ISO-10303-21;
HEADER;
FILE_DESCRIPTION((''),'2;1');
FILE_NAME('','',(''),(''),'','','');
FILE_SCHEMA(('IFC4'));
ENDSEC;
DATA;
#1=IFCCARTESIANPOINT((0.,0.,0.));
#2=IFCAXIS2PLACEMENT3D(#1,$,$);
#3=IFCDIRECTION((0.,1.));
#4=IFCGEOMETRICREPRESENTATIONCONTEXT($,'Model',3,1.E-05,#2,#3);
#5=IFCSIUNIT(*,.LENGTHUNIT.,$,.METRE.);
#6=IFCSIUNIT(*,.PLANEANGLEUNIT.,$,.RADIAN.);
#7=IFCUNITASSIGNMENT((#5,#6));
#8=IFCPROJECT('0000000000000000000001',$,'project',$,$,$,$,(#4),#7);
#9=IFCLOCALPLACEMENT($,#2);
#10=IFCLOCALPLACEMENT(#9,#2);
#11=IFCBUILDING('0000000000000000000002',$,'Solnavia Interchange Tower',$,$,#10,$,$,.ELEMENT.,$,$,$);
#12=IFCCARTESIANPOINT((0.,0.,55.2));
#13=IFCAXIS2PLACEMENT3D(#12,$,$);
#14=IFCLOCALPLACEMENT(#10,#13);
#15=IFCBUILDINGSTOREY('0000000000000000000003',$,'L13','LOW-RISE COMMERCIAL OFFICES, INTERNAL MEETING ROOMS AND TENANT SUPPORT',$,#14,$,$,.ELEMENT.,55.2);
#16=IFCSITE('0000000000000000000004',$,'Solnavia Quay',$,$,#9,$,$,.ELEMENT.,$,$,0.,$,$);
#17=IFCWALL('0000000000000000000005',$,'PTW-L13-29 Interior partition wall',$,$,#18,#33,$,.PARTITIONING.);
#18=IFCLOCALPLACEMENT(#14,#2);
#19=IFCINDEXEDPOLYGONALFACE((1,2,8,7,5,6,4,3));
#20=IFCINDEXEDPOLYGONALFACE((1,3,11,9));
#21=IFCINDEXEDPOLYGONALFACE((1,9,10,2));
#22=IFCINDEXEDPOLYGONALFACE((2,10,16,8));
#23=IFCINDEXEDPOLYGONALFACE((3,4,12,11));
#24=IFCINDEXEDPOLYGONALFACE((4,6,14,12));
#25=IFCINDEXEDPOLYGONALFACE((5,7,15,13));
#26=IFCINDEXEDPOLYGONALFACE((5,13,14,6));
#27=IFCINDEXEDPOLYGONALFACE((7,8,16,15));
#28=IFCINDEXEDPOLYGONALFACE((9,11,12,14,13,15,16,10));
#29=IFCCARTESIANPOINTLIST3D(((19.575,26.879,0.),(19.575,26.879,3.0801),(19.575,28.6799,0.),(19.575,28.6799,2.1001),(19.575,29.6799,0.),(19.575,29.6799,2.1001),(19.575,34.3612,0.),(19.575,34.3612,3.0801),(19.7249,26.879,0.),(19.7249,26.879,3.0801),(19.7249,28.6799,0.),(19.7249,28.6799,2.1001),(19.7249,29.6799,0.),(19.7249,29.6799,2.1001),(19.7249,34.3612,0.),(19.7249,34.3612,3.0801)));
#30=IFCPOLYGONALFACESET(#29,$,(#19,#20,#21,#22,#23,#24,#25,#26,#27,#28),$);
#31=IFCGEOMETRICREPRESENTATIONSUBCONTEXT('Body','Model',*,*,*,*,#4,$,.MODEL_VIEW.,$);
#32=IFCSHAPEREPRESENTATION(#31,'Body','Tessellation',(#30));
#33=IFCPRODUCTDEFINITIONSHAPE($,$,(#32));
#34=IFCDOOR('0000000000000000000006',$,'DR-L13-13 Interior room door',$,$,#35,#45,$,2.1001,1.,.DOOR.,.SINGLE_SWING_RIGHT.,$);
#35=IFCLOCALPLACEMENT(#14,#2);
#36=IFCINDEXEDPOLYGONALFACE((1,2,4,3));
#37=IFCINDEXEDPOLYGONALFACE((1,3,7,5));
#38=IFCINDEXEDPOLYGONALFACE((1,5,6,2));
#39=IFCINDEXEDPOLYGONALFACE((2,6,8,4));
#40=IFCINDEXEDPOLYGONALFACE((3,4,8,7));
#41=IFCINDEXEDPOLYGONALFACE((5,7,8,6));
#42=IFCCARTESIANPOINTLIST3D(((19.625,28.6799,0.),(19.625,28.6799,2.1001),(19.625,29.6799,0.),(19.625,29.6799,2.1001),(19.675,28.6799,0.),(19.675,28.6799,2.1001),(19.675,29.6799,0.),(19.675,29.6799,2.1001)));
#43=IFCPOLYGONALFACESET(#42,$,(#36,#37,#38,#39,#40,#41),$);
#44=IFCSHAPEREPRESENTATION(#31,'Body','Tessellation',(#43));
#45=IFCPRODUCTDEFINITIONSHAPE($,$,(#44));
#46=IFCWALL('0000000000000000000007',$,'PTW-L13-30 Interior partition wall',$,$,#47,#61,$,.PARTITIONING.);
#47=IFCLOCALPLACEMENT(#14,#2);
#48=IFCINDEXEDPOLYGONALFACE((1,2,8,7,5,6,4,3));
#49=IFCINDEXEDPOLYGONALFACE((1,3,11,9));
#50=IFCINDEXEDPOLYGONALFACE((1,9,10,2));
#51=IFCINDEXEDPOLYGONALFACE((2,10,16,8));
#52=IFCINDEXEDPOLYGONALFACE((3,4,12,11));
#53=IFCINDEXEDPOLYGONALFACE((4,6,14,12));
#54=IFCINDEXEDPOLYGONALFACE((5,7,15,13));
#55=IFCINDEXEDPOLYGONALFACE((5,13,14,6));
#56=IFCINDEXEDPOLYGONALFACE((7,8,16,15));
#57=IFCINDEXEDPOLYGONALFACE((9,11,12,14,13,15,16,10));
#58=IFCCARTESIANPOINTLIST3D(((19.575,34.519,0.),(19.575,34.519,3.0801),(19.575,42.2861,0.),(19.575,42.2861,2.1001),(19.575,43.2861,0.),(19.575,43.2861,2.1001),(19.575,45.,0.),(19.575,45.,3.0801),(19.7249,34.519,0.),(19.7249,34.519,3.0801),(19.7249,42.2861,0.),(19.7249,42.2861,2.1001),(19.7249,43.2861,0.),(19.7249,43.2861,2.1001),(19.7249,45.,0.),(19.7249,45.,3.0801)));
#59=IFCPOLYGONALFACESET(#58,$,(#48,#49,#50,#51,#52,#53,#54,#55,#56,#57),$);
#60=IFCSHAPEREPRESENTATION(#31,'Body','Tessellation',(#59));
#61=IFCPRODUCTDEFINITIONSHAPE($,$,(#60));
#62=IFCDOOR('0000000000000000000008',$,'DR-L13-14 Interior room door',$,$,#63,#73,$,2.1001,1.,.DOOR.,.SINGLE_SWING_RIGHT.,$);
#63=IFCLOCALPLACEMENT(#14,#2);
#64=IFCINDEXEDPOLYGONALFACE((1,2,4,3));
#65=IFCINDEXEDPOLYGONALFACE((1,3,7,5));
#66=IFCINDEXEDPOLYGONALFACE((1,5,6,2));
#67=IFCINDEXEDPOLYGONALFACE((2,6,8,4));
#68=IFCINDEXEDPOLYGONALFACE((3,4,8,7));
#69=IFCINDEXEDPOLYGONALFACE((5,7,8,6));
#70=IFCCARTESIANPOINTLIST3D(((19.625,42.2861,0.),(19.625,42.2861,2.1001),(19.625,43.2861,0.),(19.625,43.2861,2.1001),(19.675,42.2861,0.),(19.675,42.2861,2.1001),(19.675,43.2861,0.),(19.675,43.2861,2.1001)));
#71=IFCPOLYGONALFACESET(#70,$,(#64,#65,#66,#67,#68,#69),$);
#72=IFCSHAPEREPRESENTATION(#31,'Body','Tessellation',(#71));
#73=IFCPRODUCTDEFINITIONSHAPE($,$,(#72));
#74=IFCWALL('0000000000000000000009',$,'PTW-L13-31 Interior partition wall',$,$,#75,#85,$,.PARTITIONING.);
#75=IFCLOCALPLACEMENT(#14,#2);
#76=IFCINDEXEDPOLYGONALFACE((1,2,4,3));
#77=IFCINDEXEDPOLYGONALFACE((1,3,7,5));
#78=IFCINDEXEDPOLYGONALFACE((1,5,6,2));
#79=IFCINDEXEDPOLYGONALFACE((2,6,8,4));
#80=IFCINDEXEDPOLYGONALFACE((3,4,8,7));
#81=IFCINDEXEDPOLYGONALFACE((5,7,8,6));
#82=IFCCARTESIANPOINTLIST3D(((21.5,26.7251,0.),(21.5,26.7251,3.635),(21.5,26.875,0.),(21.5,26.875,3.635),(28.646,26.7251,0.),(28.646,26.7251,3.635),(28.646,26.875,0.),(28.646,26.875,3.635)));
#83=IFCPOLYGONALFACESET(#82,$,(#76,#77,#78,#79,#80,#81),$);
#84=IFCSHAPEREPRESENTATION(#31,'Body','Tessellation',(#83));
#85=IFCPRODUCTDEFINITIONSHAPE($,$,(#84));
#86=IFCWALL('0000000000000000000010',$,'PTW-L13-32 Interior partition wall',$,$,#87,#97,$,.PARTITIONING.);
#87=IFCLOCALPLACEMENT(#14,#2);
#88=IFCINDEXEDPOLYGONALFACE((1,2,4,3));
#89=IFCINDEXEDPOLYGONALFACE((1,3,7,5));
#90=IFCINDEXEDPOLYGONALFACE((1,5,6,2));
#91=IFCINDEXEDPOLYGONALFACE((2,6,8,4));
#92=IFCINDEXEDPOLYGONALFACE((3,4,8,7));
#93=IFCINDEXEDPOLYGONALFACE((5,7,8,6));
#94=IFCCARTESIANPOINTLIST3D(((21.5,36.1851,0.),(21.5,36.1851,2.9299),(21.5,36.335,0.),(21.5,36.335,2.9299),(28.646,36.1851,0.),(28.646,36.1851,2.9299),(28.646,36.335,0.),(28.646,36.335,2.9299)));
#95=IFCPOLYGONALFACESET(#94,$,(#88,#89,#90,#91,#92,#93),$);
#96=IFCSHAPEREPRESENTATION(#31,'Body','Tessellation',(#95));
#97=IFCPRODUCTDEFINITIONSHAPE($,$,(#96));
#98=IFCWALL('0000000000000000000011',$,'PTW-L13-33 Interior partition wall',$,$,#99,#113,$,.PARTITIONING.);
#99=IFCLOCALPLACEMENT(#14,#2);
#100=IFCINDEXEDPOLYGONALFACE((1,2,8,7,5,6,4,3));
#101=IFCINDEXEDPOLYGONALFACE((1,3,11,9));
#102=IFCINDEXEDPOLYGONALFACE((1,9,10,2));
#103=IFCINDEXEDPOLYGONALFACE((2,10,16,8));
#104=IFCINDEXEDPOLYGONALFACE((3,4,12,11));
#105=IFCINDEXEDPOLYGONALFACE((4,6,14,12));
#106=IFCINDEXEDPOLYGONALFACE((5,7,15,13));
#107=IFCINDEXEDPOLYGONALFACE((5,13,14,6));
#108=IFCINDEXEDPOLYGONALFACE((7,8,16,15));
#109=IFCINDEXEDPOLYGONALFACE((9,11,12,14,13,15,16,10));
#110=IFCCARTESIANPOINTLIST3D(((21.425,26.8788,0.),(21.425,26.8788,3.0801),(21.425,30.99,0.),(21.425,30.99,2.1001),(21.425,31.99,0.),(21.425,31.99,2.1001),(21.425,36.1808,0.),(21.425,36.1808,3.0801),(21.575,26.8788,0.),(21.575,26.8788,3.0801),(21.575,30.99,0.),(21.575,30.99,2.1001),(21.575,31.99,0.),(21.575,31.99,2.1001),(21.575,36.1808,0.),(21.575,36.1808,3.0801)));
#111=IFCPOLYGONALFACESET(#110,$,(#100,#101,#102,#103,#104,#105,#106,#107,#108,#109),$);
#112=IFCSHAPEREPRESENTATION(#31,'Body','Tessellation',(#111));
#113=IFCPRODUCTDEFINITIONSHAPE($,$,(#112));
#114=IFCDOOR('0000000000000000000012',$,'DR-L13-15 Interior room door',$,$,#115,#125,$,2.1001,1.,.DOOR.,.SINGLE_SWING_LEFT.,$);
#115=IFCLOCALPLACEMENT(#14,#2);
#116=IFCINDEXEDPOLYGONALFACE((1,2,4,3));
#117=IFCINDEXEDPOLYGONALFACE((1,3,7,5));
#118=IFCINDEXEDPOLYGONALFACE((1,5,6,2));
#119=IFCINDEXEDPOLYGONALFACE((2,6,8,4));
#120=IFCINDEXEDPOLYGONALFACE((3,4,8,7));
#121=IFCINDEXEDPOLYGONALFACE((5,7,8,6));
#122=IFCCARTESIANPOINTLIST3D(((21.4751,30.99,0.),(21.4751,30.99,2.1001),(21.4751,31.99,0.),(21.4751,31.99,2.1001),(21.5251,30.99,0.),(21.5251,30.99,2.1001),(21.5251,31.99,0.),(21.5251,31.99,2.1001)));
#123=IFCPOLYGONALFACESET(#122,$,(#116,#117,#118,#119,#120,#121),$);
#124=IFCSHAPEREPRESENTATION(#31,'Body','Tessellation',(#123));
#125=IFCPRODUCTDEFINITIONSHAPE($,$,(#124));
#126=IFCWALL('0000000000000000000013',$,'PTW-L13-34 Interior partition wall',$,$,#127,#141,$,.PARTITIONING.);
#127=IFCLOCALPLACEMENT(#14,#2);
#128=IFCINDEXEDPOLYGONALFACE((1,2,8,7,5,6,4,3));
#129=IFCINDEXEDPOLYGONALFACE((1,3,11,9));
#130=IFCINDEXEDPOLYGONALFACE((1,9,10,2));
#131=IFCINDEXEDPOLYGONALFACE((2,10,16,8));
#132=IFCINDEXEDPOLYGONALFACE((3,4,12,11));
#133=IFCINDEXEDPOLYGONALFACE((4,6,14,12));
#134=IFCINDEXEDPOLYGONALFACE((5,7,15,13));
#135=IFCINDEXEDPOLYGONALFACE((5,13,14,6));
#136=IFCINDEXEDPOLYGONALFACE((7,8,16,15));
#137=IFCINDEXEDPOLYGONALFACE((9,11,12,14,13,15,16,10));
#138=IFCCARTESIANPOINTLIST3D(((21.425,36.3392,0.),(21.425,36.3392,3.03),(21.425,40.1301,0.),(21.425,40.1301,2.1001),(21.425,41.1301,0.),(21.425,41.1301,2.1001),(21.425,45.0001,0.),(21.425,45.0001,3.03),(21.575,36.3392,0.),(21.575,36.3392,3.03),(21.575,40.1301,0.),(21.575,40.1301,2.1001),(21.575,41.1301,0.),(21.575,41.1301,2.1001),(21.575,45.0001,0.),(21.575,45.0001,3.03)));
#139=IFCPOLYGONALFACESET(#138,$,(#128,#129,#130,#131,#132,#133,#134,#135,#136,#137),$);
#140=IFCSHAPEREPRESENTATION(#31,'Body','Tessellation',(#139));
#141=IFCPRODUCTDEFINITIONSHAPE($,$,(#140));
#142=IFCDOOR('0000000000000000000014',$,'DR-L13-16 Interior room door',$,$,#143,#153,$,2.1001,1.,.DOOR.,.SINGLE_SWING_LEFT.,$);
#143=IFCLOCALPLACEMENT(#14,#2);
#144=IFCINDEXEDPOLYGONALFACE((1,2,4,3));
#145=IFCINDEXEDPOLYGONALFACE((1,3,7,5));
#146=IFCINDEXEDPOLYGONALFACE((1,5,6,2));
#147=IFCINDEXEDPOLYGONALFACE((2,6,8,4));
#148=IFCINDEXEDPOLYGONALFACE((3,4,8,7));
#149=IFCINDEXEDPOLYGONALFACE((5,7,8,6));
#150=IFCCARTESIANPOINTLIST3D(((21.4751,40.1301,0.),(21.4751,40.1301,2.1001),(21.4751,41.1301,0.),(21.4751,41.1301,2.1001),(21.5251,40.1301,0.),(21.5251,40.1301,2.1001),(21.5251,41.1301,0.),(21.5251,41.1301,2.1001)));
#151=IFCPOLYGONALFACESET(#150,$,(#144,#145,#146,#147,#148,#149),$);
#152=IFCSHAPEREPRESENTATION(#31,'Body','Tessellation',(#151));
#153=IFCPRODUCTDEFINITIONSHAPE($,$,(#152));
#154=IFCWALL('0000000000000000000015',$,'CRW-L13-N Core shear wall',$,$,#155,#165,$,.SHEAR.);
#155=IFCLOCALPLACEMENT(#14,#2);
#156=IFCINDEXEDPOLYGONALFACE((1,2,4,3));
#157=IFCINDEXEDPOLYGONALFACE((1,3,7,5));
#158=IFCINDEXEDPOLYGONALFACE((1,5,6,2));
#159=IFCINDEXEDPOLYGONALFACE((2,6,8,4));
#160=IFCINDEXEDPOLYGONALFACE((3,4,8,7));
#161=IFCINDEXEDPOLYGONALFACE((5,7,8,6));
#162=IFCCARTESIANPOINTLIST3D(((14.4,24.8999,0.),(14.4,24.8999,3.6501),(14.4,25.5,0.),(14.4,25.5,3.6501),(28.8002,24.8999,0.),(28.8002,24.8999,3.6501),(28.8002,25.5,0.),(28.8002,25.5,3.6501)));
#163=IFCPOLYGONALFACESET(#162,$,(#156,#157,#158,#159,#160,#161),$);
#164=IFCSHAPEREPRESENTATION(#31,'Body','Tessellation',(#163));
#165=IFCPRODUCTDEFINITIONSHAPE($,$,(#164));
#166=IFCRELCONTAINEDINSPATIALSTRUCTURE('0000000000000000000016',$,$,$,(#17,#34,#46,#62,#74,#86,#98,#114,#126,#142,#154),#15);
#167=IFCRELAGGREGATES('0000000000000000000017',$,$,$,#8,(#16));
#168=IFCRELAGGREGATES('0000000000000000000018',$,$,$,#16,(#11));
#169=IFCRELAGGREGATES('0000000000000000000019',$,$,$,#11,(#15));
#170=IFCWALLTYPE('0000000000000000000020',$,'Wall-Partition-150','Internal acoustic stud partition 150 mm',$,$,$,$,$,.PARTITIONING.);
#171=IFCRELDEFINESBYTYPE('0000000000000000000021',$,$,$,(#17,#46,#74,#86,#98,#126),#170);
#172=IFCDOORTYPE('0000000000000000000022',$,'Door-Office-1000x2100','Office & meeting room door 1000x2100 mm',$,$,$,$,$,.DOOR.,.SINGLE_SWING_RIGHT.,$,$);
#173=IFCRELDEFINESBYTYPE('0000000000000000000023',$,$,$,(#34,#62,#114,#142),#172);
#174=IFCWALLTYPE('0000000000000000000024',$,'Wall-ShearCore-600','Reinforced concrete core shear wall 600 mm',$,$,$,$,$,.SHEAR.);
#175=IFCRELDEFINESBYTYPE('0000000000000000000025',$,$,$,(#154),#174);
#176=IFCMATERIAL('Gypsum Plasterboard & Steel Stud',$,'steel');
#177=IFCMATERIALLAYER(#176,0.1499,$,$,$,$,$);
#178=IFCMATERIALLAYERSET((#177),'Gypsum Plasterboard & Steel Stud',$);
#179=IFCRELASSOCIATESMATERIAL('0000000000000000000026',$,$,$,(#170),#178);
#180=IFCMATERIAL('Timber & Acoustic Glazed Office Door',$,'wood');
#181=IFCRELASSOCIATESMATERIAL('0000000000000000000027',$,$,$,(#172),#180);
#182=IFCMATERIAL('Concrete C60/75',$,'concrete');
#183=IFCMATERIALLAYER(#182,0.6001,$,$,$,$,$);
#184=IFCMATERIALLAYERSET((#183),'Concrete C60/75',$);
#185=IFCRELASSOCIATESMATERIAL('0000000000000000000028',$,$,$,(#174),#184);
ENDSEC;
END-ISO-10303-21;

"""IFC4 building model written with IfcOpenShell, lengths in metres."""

from ifc_helpers import new_model, si_unit, direction, frame, frame_2d, origin, place, context, subcontext, project, spatial, rectangle, extrude, material, layer, layer_set, type_object, element, fill, save


model = new_model("IFC4")

# Units and contexts
model_context = context("Model", 3, precision=1e-05, world=origin(), true_north=direction((0.0, 1.0)))
body_context = subcontext(model_context, "Body", "Model", "MODEL_VIEW")
ifc_project = project(units=[si_unit("LENGTHUNIT", "METRE"), si_unit("PLANEANGLEUNIT", "RADIAN")], contexts=[model_context])

# Site, building, storey
site_placement = place(None, origin())
site = spatial("IfcSite", under=ifc_project, at=site_placement, Name="Solnavia Quay", CompositionType="ELEMENT", RefElevation=0.0)
building_placement = place(site_placement, origin())
building = spatial("IfcBuilding", under=site, at=building_placement, Name="Solnavia Interchange Tower", CompositionType="ELEMENT")
storey_placement = place(building_placement, frame((0.0, 0.0, 55.2)))
storey = spatial("IfcBuildingStorey", under=building, at=storey_placement, Name="L13", Description="LOW-RISE COMMERCIAL OFFICES, INTERNAL MEETING ROOMS AND TENANT SUPPORT", CompositionType="ELEMENT", Elevation=55.2)

# Walls, openings, doors
ifc_material_1 = material(Name="Gypsum Plasterboard & Steel Stud", Category="steel")
ifc_layer_1 = layer(ifc_material_1, 0.1499)
ifc_layer_set_1 = layer_set([ifc_layer_1], Name="Gypsum Plasterboard & Steel Stud")
wall_type_1 = type_object("IfcWallType", Name="Wall-Partition-150", Description="Internal acoustic stud partition 150 mm", PredefinedType="PARTITIONING", material=ifc_layer_set_1)
wall_1_placement = place(storey_placement, frame((19.6499, 26.8789, 0.0), z_axis=(0.0, 0.0, 1.0), x_axis=(0.0, 1.0, 0.0)))
wall_1 = element("IfcWall", 1, at=wall_1_placement, inside=storey, type_object=wall_type_1, Name="PTW-L13-29 Interior partition wall", PredefinedType="PARTITIONING", context=body_context, shape_type="SweptSolid", body=[
    extrude(rectangle(XDim=7.4822, YDim=0.1499, at=frame_2d((3.7412, 0.0))), origin(), (0.0, 0.0, 1.0), 3.0801),
])
opening_1_placement = place(wall_1_placement, frame((1.801, 0.0, 0.0)))
opening_1 = element("IfcOpeningElement", 2, at=opening_1_placement, cuts=wall_1, PredefinedType="OPENING", context=body_context, shape_type="SweptSolid", body=[
    extrude(rectangle(XDim=1.0, YDim=2.1001, at=frame_2d((0.5, 1.05))), frame((0.0, 0.085, 0.0), z_axis=(0.0, -1.0, 0.0), x_axis=(1.0, 0.0, 0.0)), (0.0, 0.0, 1.0), 0.1699),
])
ifc_material_2 = material(Name="Timber & Acoustic Glazed Office Door", Category="wood")
door_type = type_object("IfcDoorType", Name="Door-Office-1000x2100", Description="Office & meeting room door 1000x2100 mm", OperationType="SINGLE_SWING_RIGHT", PredefinedType="DOOR", material=ifc_material_2)
door_1_placement = place(opening_1_placement, origin())
door_1 = element("IfcDoor", 3, at=door_1_placement, inside=storey, type_object=door_type, Name="DR-L13-13 Interior room door", OperationType="SINGLE_SWING_RIGHT", OverallHeight=2.1001, OverallWidth=1.0, PredefinedType="DOOR", context=body_context, shape_type="SweptSolid", body=[
    extrude(rectangle(XDim=1.0, YDim=2.1001, at=frame_2d((0.5, 1.05))), frame((0.0, 0.0249, 0.0), z_axis=(0.0, -1.0, 0.0), x_axis=(1.0, 0.0, 0.0)), (0.0, 0.0, 1.0), 0.05),
])
fill(opening_1, door_1)
wall_2_placement = place(storey_placement, frame((19.6499, 34.519, 0.0), z_axis=(0.0, 0.0, 1.0), x_axis=(0.0, 1.0, 0.0)))
wall_2 = element("IfcWall", 4, at=wall_2_placement, inside=storey, type_object=wall_type_1, Name="PTW-L13-30 Interior partition wall", PredefinedType="PARTITIONING", context=body_context, shape_type="SweptSolid", body=[
    extrude(rectangle(XDim=10.481, YDim=0.1499, at=frame_2d((5.2405, 0.0))), origin(), (0.0, 0.0, 1.0), 3.0801),
])
opening_2_placement = place(wall_2_placement, frame((7.7671, 0.0, 0.0)))
opening_2 = element("IfcOpeningElement", 5, at=opening_2_placement, cuts=wall_2, PredefinedType="OPENING", context=body_context, shape_type="SweptSolid", body=[
    extrude(rectangle(XDim=1.0, YDim=2.1001, at=frame_2d((0.5, 1.05))), frame((0.0, 0.085, 0.0), z_axis=(0.0, -1.0, 0.0), x_axis=(1.0, 0.0, 0.0)), (0.0, 0.0, 1.0), 0.1699),
])
door_2_placement = place(opening_2_placement, origin())
door_2 = element("IfcDoor", 6, at=door_2_placement, inside=storey, type_object=door_type, Name="DR-L13-14 Interior room door", OperationType="SINGLE_SWING_RIGHT", OverallHeight=2.1001, OverallWidth=1.0, PredefinedType="DOOR", context=body_context, shape_type="SweptSolid", body=[
    extrude(rectangle(XDim=1.0, YDim=2.1001, at=frame_2d((0.5, 1.05))), frame((0.0, 0.0249, 0.0), z_axis=(0.0, -1.0, 0.0), x_axis=(1.0, 0.0, 0.0)), (0.0, 0.0, 1.0), 0.05),
])
fill(opening_2, door_2)

# Walls
wall_3_placement = place(storey_placement, frame((21.5, 26.8, 0.0), z_axis=(0.0, 0.0, 1.0), x_axis=(1.0, 0.0, 0.0)))
element("IfcWall", 7, at=wall_3_placement, inside=storey, type_object=wall_type_1, Name="PTW-L13-31 Interior partition wall", PredefinedType="PARTITIONING", context=body_context, shape_type="SweptSolid", body=[
    extrude(rectangle(XDim=7.146, YDim=0.1499, at=frame_2d((3.573, 0.0))), origin(), (0.0, 0.0, 1.0), 3.635),
])
wall_4_placement = place(storey_placement, frame((21.5, 36.26, 0.0), z_axis=(0.0, 0.0, 1.0), x_axis=(1.0, 0.0, 0.0)))
element("IfcWall", 8, at=wall_4_placement, inside=storey, type_object=wall_type_1, Name="PTW-L13-32 Interior partition wall", PredefinedType="PARTITIONING", context=body_context, shape_type="SweptSolid", body=[
    extrude(rectangle(XDim=7.146, YDim=0.1499, at=frame_2d((3.573, 0.0))), origin(), (0.0, 0.0, 1.0), 2.9299),
])

# Walls, openings, doors
wall_5_placement = place(storey_placement, frame((21.5, 26.8789, 0.0), z_axis=(0.0, 0.0, 1.0), x_axis=(0.0, 1.0, 0.0)))
wall_5 = element("IfcWall", 9, at=wall_5_placement, inside=storey, type_object=wall_type_1, Name="PTW-L13-33 Interior partition wall", PredefinedType="PARTITIONING", context=body_context, shape_type="SweptSolid", body=[
    extrude(rectangle(XDim=9.302, YDim=0.1499, at=frame_2d((4.6509, 0.0))), origin(), (0.0, 0.0, 1.0), 3.0801),
])
opening_3_placement = place(wall_5_placement, frame((4.1111, 0.0, 0.0)))
opening_3 = element("IfcOpeningElement", 10, at=opening_3_placement, cuts=wall_5, PredefinedType="OPENING", context=body_context, shape_type="SweptSolid", body=[
    extrude(rectangle(XDim=1.0, YDim=2.1001, at=frame_2d((0.5, 1.05))), frame((0.0, 0.085, 0.0), z_axis=(0.0, -1.0, 0.0), x_axis=(1.0, 0.0, 0.0)), (0.0, 0.0, 1.0), 0.1699),
])
door_3_placement = place(opening_3_placement, origin())
door_3 = element("IfcDoor", 11, at=door_3_placement, inside=storey, type_object=door_type, Name="DR-L13-15 Interior room door", OperationType="SINGLE_SWING_LEFT", OverallHeight=2.1001, OverallWidth=1.0, PredefinedType="DOOR", context=body_context, shape_type="SweptSolid", body=[
    extrude(rectangle(XDim=1.0, YDim=2.1001, at=frame_2d((0.5, 1.05))), frame((0.0, 0.0249, 0.0), z_axis=(0.0, -1.0, 0.0), x_axis=(1.0, 0.0, 0.0)), (0.0, 0.0, 1.0), 0.05),
])
fill(opening_3, door_3)
wall_6_placement = place(storey_placement, frame((21.5, 36.3391, 0.0), z_axis=(0.0, 0.0, 1.0), x_axis=(0.0, 1.0, 0.0)))
wall_6 = element("IfcWall", 12, at=wall_6_placement, inside=storey, type_object=wall_type_1, Name="PTW-L13-34 Interior partition wall", PredefinedType="PARTITIONING", context=body_context, shape_type="SweptSolid", body=[
    extrude(rectangle(XDim=8.6609, YDim=0.1499, at=frame_2d((4.3306, 0.0))), origin(), (0.0, 0.0, 1.0), 3.03),
])
opening_4_placement = place(wall_6_placement, frame((3.791, 0.0, 0.0)))
opening_4 = element("IfcOpeningElement", 13, at=opening_4_placement, cuts=wall_6, PredefinedType="OPENING", context=body_context, shape_type="SweptSolid", body=[
    extrude(rectangle(XDim=1.0, YDim=2.1001, at=frame_2d((0.5, 1.05))), frame((0.0, 0.085, 0.0), z_axis=(0.0, -1.0, 0.0), x_axis=(1.0, 0.0, 0.0)), (0.0, 0.0, 1.0), 0.1699),
])
door_4_placement = place(opening_4_placement, origin())
door_4 = element("IfcDoor", 14, at=door_4_placement, inside=storey, type_object=door_type, Name="DR-L13-16 Interior room door", OperationType="SINGLE_SWING_LEFT", OverallHeight=2.1001, OverallWidth=1.0, PredefinedType="DOOR", context=body_context, shape_type="SweptSolid", body=[
    extrude(rectangle(XDim=1.0, YDim=2.1001, at=frame_2d((0.5, 1.05))), frame((0.0, 0.0249, 0.0), z_axis=(0.0, -1.0, 0.0), x_axis=(1.0, 0.0, 0.0)), (0.0, 0.0, 1.0), 0.05),
])
fill(opening_4, door_4)

# Wall
ifc_material_3 = material(Name="Concrete C60/75", Category="concrete")
ifc_layer_2 = layer(ifc_material_3, 0.6001)
ifc_layer_set_2 = layer_set([ifc_layer_2], Name="Concrete C60/75")
wall_type_2 = type_object("IfcWallType", Name="Wall-ShearCore-600", Description="Reinforced concrete core shear wall 600 mm", PredefinedType="SHEAR", material=ifc_layer_set_2)
wall_7_placement = place(storey_placement, frame((14.3999, 25.2, 0.0), z_axis=(0.0, 0.0, 1.0), x_axis=(1.0, 0.0, 0.0)))
element("IfcWall", 15, at=wall_7_placement, inside=storey, type_object=wall_type_2, Name="CRW-L13-N Core shear wall", PredefinedType="SHEAR", context=body_context, shape_type="SweptSolid", body=[
    extrude(rectangle(XDim=14.4001, YDim=0.6001, at=frame_2d((7.2002, 0.0))), origin(), (0.0, 0.0, 1.0), 3.6501),
])

save(model, "model.ifc")
